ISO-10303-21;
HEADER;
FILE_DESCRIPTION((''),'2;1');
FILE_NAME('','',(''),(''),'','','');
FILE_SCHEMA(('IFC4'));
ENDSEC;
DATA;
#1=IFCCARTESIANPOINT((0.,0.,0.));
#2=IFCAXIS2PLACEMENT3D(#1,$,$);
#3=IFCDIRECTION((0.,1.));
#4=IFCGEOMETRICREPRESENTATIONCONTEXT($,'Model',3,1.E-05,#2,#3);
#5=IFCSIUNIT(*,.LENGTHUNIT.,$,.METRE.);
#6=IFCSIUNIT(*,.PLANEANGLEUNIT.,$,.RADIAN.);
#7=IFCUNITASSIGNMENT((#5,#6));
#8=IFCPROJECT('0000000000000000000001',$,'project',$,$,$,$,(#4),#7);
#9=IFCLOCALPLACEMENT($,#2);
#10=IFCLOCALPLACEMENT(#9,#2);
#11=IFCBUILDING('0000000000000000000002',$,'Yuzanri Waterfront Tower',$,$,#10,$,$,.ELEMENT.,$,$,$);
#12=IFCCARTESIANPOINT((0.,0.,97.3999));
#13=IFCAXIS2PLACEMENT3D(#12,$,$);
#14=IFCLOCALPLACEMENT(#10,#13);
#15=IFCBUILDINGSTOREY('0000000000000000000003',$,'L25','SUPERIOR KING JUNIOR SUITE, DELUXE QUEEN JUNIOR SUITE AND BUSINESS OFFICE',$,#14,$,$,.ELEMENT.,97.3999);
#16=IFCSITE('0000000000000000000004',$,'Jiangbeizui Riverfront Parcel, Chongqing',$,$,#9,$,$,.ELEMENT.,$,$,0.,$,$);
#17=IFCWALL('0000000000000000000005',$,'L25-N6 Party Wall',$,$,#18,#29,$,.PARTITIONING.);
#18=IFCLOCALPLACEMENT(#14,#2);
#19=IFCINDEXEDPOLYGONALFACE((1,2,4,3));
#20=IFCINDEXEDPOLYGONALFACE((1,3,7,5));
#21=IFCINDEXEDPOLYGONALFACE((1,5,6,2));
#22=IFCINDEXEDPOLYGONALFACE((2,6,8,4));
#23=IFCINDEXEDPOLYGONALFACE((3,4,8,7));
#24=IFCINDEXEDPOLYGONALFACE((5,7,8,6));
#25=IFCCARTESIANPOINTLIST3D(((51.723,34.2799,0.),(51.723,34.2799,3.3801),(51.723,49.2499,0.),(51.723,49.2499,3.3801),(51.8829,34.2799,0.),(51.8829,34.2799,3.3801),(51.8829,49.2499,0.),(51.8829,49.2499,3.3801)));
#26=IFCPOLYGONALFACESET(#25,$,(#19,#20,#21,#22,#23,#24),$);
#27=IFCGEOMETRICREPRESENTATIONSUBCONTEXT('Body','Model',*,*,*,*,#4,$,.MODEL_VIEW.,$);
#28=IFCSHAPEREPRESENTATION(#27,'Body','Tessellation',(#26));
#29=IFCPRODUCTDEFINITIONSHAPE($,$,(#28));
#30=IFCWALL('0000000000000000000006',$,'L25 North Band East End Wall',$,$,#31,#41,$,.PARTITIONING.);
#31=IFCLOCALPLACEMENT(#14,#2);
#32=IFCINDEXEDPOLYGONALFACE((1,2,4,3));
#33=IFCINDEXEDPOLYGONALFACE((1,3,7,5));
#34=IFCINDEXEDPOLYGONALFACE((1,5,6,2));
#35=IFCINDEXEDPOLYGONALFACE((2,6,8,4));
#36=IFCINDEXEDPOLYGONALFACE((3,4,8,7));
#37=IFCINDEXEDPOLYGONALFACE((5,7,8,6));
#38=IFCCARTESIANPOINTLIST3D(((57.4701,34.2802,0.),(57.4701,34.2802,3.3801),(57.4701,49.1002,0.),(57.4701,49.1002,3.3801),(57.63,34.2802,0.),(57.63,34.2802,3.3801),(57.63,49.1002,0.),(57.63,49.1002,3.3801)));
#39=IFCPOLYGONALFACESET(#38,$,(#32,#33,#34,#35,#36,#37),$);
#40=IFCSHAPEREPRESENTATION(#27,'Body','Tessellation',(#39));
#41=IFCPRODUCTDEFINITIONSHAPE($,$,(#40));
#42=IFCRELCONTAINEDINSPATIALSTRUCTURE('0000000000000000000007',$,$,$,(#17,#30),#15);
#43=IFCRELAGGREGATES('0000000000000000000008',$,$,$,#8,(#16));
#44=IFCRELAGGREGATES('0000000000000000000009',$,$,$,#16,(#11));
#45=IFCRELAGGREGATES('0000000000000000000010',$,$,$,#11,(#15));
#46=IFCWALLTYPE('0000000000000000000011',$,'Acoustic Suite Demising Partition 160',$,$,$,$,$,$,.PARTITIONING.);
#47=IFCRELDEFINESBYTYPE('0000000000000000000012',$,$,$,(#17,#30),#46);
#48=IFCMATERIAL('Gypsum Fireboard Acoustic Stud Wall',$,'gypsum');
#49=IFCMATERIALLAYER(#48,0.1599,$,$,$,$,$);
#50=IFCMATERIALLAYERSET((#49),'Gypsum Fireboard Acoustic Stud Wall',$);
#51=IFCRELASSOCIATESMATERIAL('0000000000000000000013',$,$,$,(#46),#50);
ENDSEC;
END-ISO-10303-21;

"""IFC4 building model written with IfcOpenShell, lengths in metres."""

from ifc_helpers import new_model, si_unit, direction, frame, frame_2d, origin, place, context, subcontext, project, spatial, rectangle, extrude, source, transform, mapped, material, layer, layer_set, type_object, element, save


model = new_model("IFC4")

# Units and contexts
model_context = context("Model", 3, precision=1e-05, world=origin(), true_north=direction((0.0, 1.0)))
body_context = subcontext(model_context, "Body", "Model", "MODEL_VIEW")
ifc_project = project(units=[si_unit("LENGTHUNIT", "METRE"), si_unit("PLANEANGLEUNIT", "RADIAN")], contexts=[model_context])

# Site, building, storey
site_placement = place(None, origin())
site = spatial("IfcSite", under=ifc_project, at=site_placement, Name="Jiangbeizui Riverfront Parcel, Chongqing", CompositionType="ELEMENT", RefElevation=0.0)
building_placement = place(site_placement, origin())
building = spatial("IfcBuilding", under=site, at=building_placement, Name="Yuzanri Waterfront Tower", CompositionType="ELEMENT")
storey_placement = place(building_placement, frame((0.0, 0.0, 97.3999)))
storey = spatial("IfcBuildingStorey", under=building, at=storey_placement, Name="L25", Description="SUPERIOR KING JUNIOR SUITE, DELUXE QUEEN JUNIOR SUITE AND BUSINESS OFFICE", CompositionType="ELEMENT", Elevation=97.3999)

# Walls
ifc_material_1 = material(Name="Gypsum Fireboard Acoustic Stud Wall", Category="gypsum")
ifc_layer_1 = layer(ifc_material_1, 0.1599)
ifc_layer_set_1 = layer_set([ifc_layer_1], Name="Gypsum Fireboard Acoustic Stud Wall")
wall_type_1 = type_object("IfcWallType", Name="Acoustic Suite Demising Partition 160", PredefinedType="PARTITIONING", material=ifc_layer_set_1)
shared_shape_1 = source(origin(), body_context, "Body", "SweptSolid", [
    extrude(rectangle(XDim=14.97, YDim=0.1599, at=frame_2d((7.4849, 0.0))), origin(), (0.0, 0.0, 1.0), 3.3801),
])
wall_1_placement = place(storey_placement, frame((51.803, 34.28, 0.0), z_axis=(0.0, 0.0, 1.0), x_axis=(0.0, 1.0, 0.0)))
element("IfcWall", 1, at=wall_1_placement, inside=storey, type_object=wall_type_1, Name="L25-N6 Party Wall", PredefinedType="PARTITIONING", context=body_context, shape_type="MappedRepresentation", body=[
    mapped(shared_shape_1, transform((0.0, 0.0, 0.0), scale=1.0)),
])
shared_shape_2 = source(origin(), body_context, "Body", "SweptSolid", [
    extrude(rectangle(XDim=14.8201, YDim=0.1599, at=frame_2d((7.4102, 0.0))), origin(), (0.0, 0.0, 1.0), 3.3801),
])
wall_2_placement = place(storey_placement, frame((57.55, 34.28, 0.0), z_axis=(0.0, 0.0, 1.0), x_axis=(0.0, 1.0, 0.0)))
element("IfcWall", 2, at=wall_2_placement, inside=storey, type_object=wall_type_1, Name="L25 North Band East End Wall", PredefinedType="PARTITIONING", context=body_context, shape_type="MappedRepresentation", body=[
    mapped(shared_shape_2, transform((0.0, 0.0, 0.0), scale=1.0)),
])

save(model, "model.ifc")
